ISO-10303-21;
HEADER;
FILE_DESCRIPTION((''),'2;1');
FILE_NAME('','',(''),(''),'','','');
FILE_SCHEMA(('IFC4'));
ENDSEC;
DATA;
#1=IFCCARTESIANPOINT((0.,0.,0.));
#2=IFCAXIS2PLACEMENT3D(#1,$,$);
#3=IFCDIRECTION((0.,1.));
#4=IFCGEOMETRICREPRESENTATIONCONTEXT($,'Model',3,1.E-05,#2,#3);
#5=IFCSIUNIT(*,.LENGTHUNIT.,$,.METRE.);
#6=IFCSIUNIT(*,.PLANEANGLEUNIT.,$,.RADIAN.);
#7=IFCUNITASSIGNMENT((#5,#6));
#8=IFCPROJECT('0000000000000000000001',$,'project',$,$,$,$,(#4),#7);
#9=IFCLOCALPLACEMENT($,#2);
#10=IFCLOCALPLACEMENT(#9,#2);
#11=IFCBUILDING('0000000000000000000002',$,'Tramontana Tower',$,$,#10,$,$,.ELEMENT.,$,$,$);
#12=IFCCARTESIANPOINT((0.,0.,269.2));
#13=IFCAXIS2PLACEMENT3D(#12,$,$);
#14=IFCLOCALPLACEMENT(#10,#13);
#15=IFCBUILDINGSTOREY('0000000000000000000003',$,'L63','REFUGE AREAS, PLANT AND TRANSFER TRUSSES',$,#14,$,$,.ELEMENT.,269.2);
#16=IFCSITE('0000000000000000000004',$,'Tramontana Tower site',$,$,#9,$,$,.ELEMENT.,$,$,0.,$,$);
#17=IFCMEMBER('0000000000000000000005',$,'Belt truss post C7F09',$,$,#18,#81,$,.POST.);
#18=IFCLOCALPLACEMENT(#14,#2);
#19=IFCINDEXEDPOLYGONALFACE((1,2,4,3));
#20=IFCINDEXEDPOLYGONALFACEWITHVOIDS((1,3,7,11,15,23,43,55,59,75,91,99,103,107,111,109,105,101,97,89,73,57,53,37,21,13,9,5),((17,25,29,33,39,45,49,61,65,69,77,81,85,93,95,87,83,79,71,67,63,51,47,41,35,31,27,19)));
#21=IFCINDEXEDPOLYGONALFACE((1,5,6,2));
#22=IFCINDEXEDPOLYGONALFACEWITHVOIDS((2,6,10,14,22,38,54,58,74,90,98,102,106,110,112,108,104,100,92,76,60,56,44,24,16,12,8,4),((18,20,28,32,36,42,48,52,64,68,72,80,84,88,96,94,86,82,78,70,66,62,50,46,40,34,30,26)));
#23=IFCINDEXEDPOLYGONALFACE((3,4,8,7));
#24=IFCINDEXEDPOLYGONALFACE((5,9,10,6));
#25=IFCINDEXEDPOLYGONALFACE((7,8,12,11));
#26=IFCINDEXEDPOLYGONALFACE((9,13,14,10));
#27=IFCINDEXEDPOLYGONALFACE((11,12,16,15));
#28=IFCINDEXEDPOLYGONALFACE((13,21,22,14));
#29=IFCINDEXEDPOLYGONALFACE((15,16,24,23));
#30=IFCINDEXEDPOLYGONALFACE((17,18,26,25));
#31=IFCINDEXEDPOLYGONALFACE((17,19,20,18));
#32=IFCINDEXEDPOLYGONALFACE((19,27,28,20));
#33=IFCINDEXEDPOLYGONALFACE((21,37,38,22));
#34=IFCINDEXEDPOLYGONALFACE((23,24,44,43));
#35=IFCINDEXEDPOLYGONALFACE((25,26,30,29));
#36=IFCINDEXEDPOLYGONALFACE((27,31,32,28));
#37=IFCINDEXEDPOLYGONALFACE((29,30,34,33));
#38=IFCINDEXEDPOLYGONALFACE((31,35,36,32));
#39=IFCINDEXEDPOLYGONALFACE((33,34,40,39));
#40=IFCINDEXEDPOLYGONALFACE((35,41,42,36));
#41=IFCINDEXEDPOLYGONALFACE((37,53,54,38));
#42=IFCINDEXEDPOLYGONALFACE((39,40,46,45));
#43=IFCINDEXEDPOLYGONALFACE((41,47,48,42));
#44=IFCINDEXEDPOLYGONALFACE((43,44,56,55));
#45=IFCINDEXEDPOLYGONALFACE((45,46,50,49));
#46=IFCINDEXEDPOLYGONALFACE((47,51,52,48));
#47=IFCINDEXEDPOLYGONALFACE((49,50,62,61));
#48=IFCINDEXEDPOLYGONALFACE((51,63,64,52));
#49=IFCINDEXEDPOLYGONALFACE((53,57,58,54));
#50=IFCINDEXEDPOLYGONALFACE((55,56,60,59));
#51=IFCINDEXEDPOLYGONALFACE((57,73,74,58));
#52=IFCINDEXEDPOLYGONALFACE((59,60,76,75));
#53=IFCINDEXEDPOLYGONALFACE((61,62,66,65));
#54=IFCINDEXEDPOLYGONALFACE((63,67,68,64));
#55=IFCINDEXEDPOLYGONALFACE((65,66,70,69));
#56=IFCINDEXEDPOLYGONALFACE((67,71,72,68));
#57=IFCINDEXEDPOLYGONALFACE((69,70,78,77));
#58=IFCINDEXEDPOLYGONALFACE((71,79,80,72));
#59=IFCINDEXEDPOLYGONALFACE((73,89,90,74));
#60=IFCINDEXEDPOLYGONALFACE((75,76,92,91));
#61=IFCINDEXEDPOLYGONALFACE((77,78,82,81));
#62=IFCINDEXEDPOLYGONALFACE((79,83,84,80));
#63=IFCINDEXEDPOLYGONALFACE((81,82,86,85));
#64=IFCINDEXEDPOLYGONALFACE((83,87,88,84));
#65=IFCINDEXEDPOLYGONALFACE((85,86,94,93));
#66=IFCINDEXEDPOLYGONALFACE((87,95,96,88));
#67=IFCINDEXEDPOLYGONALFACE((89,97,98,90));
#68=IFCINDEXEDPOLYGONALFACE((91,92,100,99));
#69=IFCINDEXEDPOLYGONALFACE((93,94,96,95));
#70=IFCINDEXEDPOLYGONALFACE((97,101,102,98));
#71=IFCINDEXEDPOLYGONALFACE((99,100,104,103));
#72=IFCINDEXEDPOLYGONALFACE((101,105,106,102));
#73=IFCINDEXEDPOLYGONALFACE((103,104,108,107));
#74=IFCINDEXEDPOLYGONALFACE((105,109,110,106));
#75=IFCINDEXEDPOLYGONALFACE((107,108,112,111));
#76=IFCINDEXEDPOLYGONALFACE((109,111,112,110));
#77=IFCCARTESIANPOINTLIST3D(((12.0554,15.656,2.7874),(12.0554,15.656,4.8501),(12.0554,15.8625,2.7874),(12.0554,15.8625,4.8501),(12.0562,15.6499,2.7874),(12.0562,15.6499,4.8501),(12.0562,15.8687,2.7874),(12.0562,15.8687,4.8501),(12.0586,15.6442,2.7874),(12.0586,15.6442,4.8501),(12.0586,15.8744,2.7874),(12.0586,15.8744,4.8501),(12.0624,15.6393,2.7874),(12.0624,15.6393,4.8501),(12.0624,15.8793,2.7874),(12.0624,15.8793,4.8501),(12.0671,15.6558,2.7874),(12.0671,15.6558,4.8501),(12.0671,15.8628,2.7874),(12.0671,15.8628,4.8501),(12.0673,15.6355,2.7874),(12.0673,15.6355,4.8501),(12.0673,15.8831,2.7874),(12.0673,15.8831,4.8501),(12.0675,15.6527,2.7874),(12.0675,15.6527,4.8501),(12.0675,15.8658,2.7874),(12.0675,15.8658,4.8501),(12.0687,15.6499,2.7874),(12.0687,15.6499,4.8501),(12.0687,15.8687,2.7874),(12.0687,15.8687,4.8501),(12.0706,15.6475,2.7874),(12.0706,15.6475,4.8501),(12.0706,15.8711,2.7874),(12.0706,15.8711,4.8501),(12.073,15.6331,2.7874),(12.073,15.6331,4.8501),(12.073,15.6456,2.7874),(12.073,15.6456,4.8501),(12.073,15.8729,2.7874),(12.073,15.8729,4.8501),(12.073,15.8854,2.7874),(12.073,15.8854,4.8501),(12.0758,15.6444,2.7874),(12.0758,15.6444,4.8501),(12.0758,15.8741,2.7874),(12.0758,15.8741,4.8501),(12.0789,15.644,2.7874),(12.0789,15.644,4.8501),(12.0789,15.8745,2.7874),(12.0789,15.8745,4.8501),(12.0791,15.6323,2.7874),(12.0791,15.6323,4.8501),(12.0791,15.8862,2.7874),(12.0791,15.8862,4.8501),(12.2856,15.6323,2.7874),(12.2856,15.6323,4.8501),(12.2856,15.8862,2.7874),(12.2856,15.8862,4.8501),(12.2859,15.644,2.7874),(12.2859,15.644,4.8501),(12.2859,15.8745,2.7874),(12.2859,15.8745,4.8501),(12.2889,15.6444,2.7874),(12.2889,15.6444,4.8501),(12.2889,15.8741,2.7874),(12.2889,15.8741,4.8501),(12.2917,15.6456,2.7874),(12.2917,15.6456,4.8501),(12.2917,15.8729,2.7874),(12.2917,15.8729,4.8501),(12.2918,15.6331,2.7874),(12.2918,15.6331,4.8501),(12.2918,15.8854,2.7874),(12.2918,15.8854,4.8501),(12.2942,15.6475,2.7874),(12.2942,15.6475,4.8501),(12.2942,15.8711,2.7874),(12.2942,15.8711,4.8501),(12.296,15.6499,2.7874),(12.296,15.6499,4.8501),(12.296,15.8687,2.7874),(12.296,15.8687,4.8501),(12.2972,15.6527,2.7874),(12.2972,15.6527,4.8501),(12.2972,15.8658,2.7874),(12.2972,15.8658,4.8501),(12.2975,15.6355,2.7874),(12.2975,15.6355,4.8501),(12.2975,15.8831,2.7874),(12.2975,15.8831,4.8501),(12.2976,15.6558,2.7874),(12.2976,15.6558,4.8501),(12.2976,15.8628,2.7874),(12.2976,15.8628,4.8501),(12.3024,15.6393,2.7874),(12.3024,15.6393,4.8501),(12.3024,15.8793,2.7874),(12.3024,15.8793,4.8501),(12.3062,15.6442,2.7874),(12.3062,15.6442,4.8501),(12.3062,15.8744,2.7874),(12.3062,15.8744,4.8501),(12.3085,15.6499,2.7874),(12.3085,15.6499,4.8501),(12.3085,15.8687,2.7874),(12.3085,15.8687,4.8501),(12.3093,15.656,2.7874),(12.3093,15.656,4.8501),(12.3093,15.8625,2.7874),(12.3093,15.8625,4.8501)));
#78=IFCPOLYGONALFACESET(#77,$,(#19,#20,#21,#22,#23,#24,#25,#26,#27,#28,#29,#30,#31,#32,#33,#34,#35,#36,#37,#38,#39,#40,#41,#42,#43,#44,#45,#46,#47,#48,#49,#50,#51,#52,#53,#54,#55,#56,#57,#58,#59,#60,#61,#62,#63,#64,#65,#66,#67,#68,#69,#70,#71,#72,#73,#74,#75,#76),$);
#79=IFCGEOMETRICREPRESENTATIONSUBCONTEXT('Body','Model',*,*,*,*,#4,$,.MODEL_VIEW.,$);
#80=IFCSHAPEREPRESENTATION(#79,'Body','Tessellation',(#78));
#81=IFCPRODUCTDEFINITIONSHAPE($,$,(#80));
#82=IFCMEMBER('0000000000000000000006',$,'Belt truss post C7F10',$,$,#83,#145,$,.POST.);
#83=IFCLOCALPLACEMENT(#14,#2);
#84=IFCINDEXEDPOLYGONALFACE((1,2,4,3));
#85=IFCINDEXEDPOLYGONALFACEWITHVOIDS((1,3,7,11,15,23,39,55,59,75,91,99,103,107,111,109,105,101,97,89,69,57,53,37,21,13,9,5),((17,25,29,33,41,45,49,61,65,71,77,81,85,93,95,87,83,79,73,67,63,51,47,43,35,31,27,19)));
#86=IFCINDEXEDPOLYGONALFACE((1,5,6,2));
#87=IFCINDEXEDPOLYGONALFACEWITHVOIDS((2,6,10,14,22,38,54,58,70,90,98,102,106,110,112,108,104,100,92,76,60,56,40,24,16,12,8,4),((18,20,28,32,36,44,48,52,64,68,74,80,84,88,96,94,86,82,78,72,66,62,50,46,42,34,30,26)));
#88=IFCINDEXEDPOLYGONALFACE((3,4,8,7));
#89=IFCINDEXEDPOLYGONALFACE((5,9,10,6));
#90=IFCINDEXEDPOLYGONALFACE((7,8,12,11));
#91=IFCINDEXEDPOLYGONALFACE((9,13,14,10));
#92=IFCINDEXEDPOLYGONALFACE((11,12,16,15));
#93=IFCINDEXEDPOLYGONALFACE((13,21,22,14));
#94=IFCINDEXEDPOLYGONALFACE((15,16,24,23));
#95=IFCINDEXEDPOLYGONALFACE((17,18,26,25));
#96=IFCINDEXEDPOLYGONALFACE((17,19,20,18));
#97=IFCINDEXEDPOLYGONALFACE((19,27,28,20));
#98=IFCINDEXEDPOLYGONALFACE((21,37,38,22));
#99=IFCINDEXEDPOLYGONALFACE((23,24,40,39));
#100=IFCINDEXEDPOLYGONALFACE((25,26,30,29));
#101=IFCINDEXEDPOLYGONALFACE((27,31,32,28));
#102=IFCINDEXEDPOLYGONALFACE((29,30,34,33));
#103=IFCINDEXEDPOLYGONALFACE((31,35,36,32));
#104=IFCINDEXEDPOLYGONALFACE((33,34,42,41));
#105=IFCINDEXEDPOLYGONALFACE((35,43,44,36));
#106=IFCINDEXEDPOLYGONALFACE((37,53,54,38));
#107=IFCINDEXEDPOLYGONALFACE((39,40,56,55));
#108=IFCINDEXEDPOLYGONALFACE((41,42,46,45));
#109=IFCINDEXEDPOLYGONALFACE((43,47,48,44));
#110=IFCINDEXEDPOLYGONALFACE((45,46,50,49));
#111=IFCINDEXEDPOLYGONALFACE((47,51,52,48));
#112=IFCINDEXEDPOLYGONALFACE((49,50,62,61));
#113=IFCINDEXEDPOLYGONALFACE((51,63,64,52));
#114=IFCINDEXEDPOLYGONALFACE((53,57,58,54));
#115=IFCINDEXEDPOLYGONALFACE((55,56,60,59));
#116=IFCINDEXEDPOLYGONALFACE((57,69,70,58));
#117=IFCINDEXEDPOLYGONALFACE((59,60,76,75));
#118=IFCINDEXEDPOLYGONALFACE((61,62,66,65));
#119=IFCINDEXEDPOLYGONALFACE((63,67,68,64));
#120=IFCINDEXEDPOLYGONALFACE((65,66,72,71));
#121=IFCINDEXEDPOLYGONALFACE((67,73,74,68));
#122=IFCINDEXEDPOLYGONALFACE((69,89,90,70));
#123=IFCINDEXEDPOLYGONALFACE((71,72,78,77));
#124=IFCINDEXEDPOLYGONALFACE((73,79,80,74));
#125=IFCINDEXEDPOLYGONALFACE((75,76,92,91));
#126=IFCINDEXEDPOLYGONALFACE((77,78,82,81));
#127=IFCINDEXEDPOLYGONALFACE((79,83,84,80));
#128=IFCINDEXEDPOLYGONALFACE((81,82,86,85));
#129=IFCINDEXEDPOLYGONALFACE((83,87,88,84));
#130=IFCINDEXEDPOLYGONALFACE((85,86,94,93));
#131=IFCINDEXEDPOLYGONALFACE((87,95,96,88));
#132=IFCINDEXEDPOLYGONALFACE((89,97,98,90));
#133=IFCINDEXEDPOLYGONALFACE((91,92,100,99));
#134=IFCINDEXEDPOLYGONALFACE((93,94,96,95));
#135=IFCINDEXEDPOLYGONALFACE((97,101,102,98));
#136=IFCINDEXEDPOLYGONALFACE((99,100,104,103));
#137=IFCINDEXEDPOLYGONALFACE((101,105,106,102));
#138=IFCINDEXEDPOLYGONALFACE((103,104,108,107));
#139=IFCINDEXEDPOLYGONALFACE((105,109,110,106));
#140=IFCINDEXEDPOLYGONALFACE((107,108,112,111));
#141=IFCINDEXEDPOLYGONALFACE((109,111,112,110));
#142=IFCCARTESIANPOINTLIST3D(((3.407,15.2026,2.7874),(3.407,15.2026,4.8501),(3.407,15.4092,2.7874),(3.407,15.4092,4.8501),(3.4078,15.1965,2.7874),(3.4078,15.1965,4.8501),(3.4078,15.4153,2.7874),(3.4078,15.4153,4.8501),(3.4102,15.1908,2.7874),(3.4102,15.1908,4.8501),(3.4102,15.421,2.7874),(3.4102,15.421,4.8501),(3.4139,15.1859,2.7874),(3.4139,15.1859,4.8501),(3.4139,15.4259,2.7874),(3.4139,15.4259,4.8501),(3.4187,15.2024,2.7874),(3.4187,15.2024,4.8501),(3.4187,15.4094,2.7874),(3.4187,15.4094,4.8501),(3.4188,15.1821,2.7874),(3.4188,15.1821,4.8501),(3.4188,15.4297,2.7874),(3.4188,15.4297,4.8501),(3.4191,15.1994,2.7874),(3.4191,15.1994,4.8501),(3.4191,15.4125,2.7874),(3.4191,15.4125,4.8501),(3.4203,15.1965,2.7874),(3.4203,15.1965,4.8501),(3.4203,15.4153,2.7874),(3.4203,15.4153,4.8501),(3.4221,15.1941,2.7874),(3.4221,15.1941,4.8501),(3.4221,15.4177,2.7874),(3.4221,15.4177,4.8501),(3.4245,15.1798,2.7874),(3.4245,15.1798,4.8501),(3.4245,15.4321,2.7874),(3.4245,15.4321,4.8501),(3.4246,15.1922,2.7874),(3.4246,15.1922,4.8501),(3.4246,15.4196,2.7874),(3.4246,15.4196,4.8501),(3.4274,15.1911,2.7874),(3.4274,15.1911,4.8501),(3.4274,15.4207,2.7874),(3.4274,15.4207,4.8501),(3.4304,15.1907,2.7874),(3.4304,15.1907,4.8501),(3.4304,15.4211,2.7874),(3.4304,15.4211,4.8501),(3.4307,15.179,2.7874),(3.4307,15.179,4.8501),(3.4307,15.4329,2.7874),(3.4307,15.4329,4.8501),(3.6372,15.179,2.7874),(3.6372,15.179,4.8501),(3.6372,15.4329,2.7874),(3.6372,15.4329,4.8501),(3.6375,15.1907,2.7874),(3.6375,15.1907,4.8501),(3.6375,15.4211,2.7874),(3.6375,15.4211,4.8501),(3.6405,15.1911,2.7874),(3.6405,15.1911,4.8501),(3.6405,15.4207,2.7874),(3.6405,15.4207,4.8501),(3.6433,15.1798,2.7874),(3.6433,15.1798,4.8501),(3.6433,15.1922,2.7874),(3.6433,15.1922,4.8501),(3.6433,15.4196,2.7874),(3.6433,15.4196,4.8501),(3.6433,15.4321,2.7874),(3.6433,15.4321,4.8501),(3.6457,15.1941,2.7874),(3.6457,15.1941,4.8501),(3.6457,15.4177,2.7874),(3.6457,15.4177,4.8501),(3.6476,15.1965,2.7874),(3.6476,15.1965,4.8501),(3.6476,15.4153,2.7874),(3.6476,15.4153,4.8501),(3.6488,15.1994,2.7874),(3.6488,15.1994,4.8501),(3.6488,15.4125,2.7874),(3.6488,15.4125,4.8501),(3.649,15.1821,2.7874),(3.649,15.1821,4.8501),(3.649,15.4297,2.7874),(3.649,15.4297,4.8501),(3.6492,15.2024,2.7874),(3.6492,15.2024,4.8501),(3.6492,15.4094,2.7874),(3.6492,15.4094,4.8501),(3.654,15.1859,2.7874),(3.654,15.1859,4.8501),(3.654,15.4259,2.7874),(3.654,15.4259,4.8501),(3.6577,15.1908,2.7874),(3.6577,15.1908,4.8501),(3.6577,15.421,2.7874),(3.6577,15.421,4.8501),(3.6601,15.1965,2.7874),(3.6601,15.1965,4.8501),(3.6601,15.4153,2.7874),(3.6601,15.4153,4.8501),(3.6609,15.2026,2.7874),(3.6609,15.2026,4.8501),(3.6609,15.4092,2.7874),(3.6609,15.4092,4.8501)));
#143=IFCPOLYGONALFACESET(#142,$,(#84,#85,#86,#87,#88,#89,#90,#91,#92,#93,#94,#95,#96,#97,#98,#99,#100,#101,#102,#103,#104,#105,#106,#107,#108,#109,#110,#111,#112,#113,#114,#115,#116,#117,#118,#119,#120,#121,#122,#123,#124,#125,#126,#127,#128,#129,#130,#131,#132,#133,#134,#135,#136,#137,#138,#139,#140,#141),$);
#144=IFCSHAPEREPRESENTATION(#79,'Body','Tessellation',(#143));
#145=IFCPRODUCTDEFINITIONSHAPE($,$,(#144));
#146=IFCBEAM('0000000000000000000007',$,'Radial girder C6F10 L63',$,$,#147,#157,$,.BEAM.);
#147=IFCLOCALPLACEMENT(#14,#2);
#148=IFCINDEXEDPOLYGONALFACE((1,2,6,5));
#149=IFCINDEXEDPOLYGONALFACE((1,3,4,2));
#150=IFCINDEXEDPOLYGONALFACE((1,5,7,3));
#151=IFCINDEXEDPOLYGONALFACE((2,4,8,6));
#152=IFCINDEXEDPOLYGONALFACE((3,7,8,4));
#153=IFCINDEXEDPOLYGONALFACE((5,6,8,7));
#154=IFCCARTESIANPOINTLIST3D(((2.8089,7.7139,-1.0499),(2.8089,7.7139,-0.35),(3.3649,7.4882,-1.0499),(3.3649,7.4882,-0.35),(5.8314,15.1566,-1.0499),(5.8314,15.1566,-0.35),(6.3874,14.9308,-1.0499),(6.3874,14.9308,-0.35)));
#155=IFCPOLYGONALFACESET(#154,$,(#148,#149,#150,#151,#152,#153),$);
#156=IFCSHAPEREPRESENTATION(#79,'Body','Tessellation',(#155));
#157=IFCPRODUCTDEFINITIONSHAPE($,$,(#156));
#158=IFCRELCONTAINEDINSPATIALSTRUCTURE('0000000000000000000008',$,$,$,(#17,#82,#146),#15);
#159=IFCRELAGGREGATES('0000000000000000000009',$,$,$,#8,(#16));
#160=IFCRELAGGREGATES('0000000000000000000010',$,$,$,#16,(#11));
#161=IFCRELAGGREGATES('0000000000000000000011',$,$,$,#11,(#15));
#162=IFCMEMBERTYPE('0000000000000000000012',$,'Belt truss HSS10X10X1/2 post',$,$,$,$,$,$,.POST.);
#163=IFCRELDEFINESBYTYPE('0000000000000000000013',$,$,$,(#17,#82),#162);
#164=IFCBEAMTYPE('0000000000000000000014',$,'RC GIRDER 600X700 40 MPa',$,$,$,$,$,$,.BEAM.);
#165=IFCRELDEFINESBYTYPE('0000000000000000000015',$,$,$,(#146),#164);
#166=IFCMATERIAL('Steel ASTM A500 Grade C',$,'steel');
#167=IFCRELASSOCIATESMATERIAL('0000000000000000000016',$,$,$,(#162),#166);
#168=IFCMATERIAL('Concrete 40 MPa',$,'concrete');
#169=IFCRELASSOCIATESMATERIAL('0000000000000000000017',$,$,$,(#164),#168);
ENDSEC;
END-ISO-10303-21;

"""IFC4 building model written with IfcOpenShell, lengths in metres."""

from ifc_helpers import new_model, si_unit, direction, frame, origin, origin_2d, place, context, subcontext, project, spatial, rectangle, hollow_rectangle, extrude, material, material_profile, profile_set, type_object, element, save


model = new_model("IFC4")

# Units and contexts
model_context = context("Model", 3, precision=1e-05, world=origin(), true_north=direction((0.0, 1.0)))
body_context = subcontext(model_context, "Body", "Model", "MODEL_VIEW")
ifc_project = project(units=[si_unit("LENGTHUNIT", "METRE"), si_unit("PLANEANGLEUNIT", "RADIAN")], contexts=[model_context])

# Site, building, storey
site_placement = place(None, origin())
site = spatial("IfcSite", under=ifc_project, at=site_placement, Name="Tramontana Tower site", CompositionType="ELEMENT", RefElevation=0.0)
building_placement = place(site_placement, origin())
building = spatial("IfcBuilding", under=site, at=building_placement, Name="Tramontana Tower", CompositionType="ELEMENT")
storey_placement = place(building_placement, frame((0.0, 0.0, 269.2)))
storey = spatial("IfcBuildingStorey", under=building, at=storey_placement, Name="L63", Description="REFUGE AREAS, PLANT AND TRANSFER TRUSSES", CompositionType="ELEMENT", Elevation=269.2)

# Members
ifc_material_1 = material(Name="Steel ASTM A500 Grade C", Category="steel")
ifc_material_profile_1 = material_profile(ifc_material_1, hollow_rectangle(XDim=0.2539, YDim=0.2539, WallThickness=0.0117, InnerFilletRadius=0.0117, OuterFilletRadius=0.0237, at=origin_2d()), Name="HSS10X10X1/2")
ifc_profile_set_1 = profile_set([ifc_material_profile_1], Name="Steel ASTM A500 Grade C")
member_type_1 = type_object("IfcMemberType", Name="Belt truss HSS10X10X1/2 post", PredefinedType="POST", material=ifc_profile_set_1)
for number, where, z_axis, x_axis, name in (
    (1, (12.1824, 15.7593, 2.7874), (0.0, 0.0, 1.0), (1.0, 0.0, 0.0), "Belt truss post C7F09"),
    (2, (3.5339, 15.3059, 2.7874), (0.0, 0.0, 1.0), (1.0, 0.0, 0.0), "Belt truss post C7F10"),
):
    element("IfcMember", number, at=place(storey_placement, frame(where, z_axis=z_axis, x_axis=x_axis)), inside=storey, type_object=member_type_1, Name=name, PredefinedType="POST", context=body_context, shape_type="SweptSolid", body=[
        extrude(hollow_rectangle(XDim=0.2539, YDim=0.2539, WallThickness=0.0117, InnerFilletRadius=0.0117, OuterFilletRadius=0.0237, at=origin_2d()), origin(), (0.0, 0.0, 1.0), 2.0627),
    ])

# Beam
ifc_material_2 = material(Name="Concrete 40 MPa", Category="concrete")
ifc_material_profile_2 = material_profile(ifc_material_2, rectangle(XDim=0.6001, YDim=0.7, at=origin_2d()), Name="RC GIRDER 600X700 40 MPa")
ifc_profile_set_2 = profile_set([ifc_material_profile_2], Name="Concrete 40 MPa")
beam_type = type_object("IfcBeamType", Name="RC GIRDER 600X700 40 MPa", PredefinedType="BEAM", material=ifc_profile_set_2)
beam_placement = place(storey_placement, frame((6.1094, 15.0437, -0.7), z_axis=(-0.376259, -0.926515, 0.0), x_axis=(0.926515, -0.376259, 0.0)))
element("IfcBeam", 3, at=beam_placement, inside=storey, type_object=beam_type, Name="Radial girder C6F10 L63", PredefinedType="BEAM", context=body_context, shape_type="SweptSolid", body=[
    extrude(rectangle(XDim=0.6001, YDim=0.7, at=origin_2d()), origin(), (0.0, 0.0, 1.0), 8.033),
])

save(model, "model.ifc")
